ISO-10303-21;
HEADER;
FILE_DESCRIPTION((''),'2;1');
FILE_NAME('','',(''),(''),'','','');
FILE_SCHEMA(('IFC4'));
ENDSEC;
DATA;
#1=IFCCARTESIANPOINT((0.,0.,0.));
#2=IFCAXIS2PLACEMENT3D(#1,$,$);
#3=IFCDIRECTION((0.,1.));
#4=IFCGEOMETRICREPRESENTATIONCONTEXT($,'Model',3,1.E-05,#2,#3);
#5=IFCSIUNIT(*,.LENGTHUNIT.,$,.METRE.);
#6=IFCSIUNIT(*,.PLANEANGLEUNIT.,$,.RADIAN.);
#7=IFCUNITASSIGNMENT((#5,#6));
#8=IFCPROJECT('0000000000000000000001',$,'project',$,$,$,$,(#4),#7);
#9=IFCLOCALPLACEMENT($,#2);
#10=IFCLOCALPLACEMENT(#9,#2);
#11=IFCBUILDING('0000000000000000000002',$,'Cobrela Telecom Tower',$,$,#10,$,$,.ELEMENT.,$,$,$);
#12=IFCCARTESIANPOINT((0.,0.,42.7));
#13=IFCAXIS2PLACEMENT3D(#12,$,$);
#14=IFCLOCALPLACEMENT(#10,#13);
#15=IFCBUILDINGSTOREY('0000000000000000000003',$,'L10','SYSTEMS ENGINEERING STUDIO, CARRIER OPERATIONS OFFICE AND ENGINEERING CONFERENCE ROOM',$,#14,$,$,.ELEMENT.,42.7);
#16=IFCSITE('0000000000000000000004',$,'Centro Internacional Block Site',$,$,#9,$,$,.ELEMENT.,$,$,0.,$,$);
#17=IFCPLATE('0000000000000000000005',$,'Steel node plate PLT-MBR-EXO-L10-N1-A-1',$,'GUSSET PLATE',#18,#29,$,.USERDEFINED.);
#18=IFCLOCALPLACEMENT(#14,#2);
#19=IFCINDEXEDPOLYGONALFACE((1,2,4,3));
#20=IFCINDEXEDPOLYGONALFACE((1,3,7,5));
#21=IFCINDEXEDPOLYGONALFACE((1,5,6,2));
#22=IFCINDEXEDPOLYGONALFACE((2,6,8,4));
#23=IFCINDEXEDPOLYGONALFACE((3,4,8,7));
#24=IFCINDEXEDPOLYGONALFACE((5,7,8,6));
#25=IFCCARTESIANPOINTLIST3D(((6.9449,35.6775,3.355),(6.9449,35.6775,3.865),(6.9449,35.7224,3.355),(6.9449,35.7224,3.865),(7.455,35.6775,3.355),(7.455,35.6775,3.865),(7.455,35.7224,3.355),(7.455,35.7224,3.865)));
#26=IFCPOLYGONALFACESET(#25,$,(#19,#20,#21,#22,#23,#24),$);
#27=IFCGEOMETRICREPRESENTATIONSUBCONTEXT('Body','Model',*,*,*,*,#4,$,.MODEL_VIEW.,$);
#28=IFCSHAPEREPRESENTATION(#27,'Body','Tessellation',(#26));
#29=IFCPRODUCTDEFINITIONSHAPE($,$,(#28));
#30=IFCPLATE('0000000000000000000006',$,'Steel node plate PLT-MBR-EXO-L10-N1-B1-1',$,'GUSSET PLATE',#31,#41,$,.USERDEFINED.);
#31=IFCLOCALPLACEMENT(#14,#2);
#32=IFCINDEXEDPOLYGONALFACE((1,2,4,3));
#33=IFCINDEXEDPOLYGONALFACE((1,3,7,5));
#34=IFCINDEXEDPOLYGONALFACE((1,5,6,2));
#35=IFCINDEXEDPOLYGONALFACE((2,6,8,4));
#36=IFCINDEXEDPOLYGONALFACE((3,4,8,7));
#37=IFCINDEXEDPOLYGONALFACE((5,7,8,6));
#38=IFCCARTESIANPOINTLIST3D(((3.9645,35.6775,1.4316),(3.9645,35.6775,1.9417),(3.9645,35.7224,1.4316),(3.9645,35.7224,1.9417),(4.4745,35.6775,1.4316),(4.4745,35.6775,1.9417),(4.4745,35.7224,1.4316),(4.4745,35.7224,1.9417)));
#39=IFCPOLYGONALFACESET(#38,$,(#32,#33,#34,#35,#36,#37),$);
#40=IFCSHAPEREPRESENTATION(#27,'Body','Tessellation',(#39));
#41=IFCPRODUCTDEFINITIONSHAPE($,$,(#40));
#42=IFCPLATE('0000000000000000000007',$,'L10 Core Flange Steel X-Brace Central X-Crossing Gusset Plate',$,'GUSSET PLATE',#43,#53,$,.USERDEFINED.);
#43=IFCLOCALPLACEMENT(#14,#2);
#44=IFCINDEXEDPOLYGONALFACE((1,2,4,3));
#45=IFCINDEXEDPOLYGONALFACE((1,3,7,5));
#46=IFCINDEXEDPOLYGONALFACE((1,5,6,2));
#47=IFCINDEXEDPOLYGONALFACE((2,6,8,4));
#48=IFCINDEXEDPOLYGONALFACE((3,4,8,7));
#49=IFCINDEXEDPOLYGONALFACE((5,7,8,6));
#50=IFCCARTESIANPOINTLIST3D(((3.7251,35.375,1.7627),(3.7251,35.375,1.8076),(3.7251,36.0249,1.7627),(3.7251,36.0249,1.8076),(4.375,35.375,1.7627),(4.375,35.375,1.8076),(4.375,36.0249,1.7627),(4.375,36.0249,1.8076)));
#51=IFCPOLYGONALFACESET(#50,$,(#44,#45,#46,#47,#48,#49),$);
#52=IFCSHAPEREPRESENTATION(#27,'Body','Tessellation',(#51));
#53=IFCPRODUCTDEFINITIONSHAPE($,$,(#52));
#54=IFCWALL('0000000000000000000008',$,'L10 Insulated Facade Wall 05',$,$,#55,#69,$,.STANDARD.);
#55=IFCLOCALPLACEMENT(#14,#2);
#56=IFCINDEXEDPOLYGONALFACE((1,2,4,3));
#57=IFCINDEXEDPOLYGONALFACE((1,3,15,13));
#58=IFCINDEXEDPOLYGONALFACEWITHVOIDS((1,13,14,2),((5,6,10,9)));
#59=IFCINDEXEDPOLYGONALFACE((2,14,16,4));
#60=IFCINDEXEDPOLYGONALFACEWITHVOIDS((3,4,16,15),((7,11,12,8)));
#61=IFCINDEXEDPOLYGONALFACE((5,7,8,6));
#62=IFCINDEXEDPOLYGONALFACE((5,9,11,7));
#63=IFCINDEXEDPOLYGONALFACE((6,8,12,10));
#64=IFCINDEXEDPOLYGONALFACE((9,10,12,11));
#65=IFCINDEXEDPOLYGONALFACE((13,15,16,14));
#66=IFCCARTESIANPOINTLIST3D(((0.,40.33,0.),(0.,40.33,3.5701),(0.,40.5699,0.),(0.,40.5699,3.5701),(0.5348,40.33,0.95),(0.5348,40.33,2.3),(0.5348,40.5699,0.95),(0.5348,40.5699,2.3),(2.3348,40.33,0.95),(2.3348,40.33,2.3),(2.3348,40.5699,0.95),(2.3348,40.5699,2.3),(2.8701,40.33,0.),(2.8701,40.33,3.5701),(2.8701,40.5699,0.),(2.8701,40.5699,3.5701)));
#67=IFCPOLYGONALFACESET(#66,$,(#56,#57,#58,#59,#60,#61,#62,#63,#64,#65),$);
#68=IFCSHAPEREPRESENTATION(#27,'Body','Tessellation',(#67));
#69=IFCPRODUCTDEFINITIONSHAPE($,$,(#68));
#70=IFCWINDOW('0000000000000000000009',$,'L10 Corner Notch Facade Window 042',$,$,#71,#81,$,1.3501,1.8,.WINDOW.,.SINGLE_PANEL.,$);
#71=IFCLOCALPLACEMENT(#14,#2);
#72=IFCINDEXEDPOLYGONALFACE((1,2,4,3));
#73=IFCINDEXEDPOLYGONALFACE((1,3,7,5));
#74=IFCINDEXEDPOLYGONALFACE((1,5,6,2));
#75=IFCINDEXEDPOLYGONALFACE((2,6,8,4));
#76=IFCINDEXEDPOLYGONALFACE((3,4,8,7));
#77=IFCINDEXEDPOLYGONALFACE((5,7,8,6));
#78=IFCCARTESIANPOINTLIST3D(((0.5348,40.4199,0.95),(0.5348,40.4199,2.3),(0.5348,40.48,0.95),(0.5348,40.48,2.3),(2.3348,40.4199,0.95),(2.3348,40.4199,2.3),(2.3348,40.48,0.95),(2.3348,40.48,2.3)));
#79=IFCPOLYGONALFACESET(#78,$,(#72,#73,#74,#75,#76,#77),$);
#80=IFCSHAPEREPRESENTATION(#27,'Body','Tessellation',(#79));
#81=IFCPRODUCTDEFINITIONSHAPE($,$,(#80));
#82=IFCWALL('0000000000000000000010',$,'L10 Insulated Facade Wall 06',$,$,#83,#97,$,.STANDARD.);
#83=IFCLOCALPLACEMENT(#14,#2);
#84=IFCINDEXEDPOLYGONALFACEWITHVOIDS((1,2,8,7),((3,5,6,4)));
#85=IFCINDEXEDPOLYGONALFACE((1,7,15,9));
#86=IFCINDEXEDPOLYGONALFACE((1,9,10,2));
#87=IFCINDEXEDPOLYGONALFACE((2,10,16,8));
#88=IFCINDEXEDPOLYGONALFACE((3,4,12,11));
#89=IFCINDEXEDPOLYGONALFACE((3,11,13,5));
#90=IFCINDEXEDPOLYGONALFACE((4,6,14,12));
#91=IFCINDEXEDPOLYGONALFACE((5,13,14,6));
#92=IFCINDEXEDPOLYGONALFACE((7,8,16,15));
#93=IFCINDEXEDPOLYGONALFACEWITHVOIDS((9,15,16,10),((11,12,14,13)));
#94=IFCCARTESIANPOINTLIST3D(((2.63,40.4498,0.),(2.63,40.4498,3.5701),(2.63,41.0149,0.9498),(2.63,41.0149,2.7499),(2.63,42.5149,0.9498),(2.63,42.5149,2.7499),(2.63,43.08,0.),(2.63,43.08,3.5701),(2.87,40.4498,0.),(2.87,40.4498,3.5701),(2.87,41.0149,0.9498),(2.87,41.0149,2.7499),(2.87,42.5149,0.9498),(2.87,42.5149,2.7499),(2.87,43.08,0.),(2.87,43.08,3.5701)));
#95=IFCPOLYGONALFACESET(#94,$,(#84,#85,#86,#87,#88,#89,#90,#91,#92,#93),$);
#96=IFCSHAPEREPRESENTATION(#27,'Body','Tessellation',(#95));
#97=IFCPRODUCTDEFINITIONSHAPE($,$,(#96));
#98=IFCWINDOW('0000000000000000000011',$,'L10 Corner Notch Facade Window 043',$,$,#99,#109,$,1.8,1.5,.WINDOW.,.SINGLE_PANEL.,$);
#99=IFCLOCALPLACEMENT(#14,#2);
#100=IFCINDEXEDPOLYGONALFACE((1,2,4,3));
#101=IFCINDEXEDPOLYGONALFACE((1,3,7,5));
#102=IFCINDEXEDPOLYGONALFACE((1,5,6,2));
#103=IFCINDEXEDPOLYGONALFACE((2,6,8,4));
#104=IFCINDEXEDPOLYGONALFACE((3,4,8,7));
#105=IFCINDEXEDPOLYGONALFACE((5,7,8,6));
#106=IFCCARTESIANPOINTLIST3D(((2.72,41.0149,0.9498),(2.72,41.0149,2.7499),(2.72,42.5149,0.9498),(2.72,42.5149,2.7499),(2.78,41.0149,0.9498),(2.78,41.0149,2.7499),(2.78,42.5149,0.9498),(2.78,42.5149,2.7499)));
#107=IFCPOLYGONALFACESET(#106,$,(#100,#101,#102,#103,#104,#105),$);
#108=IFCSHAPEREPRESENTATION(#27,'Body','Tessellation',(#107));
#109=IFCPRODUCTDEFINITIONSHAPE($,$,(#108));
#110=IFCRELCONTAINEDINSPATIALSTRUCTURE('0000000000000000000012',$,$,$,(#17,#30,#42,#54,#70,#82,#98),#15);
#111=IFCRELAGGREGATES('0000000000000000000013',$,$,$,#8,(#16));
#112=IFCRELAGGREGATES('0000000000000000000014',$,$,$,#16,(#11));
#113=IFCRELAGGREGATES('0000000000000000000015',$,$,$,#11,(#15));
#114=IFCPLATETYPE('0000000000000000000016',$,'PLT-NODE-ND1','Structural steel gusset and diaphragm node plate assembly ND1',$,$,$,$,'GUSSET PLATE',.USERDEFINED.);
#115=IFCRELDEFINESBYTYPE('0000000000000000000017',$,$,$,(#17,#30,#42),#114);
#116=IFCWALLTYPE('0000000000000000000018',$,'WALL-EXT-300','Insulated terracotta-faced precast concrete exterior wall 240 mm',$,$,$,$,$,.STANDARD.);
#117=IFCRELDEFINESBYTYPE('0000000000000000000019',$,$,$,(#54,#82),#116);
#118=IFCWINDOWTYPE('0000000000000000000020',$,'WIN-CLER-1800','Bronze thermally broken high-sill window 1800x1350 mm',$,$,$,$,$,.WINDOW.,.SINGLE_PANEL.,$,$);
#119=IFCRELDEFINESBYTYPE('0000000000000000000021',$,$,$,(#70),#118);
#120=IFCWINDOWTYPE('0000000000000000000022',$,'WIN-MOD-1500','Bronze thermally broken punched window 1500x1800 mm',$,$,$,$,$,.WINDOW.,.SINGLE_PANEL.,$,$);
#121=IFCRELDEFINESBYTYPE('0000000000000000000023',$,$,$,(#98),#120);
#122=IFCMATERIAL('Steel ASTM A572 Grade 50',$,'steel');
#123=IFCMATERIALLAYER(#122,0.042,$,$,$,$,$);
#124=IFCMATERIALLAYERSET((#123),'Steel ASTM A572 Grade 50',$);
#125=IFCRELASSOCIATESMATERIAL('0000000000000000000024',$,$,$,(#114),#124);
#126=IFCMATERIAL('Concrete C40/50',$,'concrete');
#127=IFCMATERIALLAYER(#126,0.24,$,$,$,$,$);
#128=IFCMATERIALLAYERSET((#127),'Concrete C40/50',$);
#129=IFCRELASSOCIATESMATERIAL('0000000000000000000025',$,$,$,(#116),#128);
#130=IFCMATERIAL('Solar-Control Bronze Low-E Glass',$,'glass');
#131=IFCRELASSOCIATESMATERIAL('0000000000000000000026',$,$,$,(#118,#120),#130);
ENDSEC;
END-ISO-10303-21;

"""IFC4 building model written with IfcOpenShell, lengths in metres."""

from ifc_helpers import new_model, si_unit, direction, frame, frame_2d, origin, origin_2d, place, context, subcontext, project, spatial, rectangle, extrude, material, layer, layer_set, type_object, element, fill, save


model = new_model("IFC4")

# Units and contexts
model_context = context("Model", 3, precision=1e-05, world=origin(), true_north=direction((0.0, 1.0)))
body_context = subcontext(model_context, "Body", "Model", "MODEL_VIEW")
ifc_project = project(units=[si_unit("LENGTHUNIT", "METRE"), si_unit("PLANEANGLEUNIT", "RADIAN")], contexts=[model_context])

# Site, building, storey
site_placement = place(None, origin())
site = spatial("IfcSite", under=ifc_project, at=site_placement, Name="Centro Internacional Block Site", CompositionType="ELEMENT", RefElevation=0.0)
building_placement = place(site_placement, origin())
building = spatial("IfcBuilding", under=site, at=building_placement, Name="Cobrela Telecom Tower", CompositionType="ELEMENT")
storey_placement = place(building_placement, frame((0.0, 0.0, 42.7)))
storey = spatial("IfcBuildingStorey", under=building, at=storey_placement, Name="L10", Description="SYSTEMS ENGINEERING STUDIO, CARRIER OPERATIONS OFFICE AND ENGINEERING CONFERENCE ROOM", CompositionType="ELEMENT", Elevation=42.7)

# Shared definitions
ifc_material_1 = material(Name="Steel ASTM A572 Grade 50", Category="steel")

# Shared definitions
ifc_material_2 = material(Name="Solar-Control Bronze Low-E Glass", Category="glass")

# Plates
ifc_layer_1 = layer(ifc_material_1, 0.042)
ifc_layer_set_1 = layer_set([ifc_layer_1], Name="Steel ASTM A572 Grade 50")
plate_type_1 = type_object("IfcPlateType", Name="PLT-NODE-ND1", Description="Structural steel gusset and diaphragm node plate assembly ND1", ElementType="GUSSET PLATE", PredefinedType="USERDEFINED", material=ifc_layer_set_1)
for number, where, z_axis, x_axis, name in (
    (1, (7.2, 35.7, 3.355), (0.0, 0.0, 1.0), (1.0, 0.0, 0.0), "Steel node plate PLT-MBR-EXO-L10-N1-A-1"),
    (2, (4.2195, 35.7, 1.4316), (0.0, 0.0, 1.0), (-1.0, 0.0, 0.0), "Steel node plate PLT-MBR-EXO-L10-N1-B1-1"),
):
    element("IfcPlate", number, at=place(storey_placement, frame(where, z_axis=z_axis, x_axis=x_axis)), inside=storey, type_object=plate_type_1, Name=name, ObjectType="GUSSET PLATE", PredefinedType="USERDEFINED", context=body_context, shape_type="SweptSolid", body=[
        extrude(rectangle(XDim=0.51, YDim=0.0449, at=origin_2d()), origin(), (0.0, 0.0, 1.0), 0.51),
    ])
plate_1_placement = place(storey_placement, frame((4.05, 35.7, 1.7627), z_axis=(0.0, 0.0, 1.0), x_axis=(1.0, 0.0, 0.0)))
element("IfcPlate", 3, at=plate_1_placement, inside=storey, type_object=plate_type_1, Name="L10 Core Flange Steel X-Brace Central X-Crossing Gusset Plate", ObjectType="GUSSET PLATE", PredefinedType="USERDEFINED", context=body_context, shape_type="SweptSolid", body=[
    extrude(rectangle(XDim=0.6499, YDim=0.6499, at=origin_2d()), origin(), (0.0, 0.0, 1.0), 0.0449),
])

# Walls, openings, windows
ifc_material_3 = material(Name="Concrete C40/50", Category="concrete")
ifc_layer_2 = layer(ifc_material_3, 0.24)
ifc_layer_set_2 = layer_set([ifc_layer_2], Name="Concrete C40/50")
wall_type = type_object("IfcWallType", Name="WALL-EXT-300", Description="Insulated terracotta-faced precast concrete exterior wall 240 mm", PredefinedType="STANDARD", material=ifc_layer_set_2)
wall_1_placement = place(storey_placement, frame((0.0, 40.45, 0.0), z_axis=(0.0, 0.0, 1.0), x_axis=(1.0, 0.0, 0.0)))
wall_1 = element("IfcWall", 4, at=wall_1_placement, inside=storey, type_object=wall_type, Name="L10 Insulated Facade Wall 05", PredefinedType="STANDARD", context=body_context, shape_type="SweptSolid", body=[
    extrude(rectangle(XDim=2.8701, YDim=0.24, at=frame_2d((1.4351, 0.0))), origin(), (0.0, 0.0, 1.0), 3.5701),
])
opening_1_placement = place(wall_1_placement, frame((0.5349, 0.0, 0.95)))
opening_1 = element("IfcOpeningElement", 5, at=opening_1_placement, cuts=wall_1, PredefinedType="OPENING", context=body_context, shape_type="SweptSolid", body=[
    extrude(rectangle(XDim=1.8, YDim=1.3501, at=frame_2d((0.8999, 0.675))), frame((0.0, 0.1318, 0.0), z_axis=(0.0, -1.0, 0.0), x_axis=(1.0, 0.0, 0.0)), (0.0, 0.0, 1.0), 0.2639),
])
window_type_1 = type_object("IfcWindowType", Name="WIN-CLER-1800", Description="Bronze thermally broken high-sill window 1800x1350 mm", PartitioningType="SINGLE_PANEL", PredefinedType="WINDOW", material=ifc_material_2)
window_1_placement = place(opening_1_placement, origin())
window_1 = element("IfcWindow", 6, at=window_1_placement, inside=storey, type_object=window_type_1, Name="L10 Corner Notch Facade Window 042", OverallHeight=1.3501, OverallWidth=1.8, PartitioningType="SINGLE_PANEL", PredefinedType="WINDOW", context=body_context, shape_type="SweptSolid", body=[
    extrude(rectangle(XDim=1.8, YDim=1.3501, at=frame_2d((0.8999, 0.675))), frame((0.0, 0.03, 0.0), z_axis=(0.0, -1.0, 0.0), x_axis=(1.0, 0.0, 0.0)), (0.0, 0.0, 1.0), 0.0601),
])
fill(opening_1, window_1)
wall_2_placement = place(storey_placement, frame((2.75, 40.45, 0.0), z_axis=(0.0, 0.0, 1.0), x_axis=(0.0, 1.0, 0.0)))
wall_2 = element("IfcWall", 7, at=wall_2_placement, inside=storey, type_object=wall_type, Name="L10 Insulated Facade Wall 06", PredefinedType="STANDARD", context=body_context, shape_type="SweptSolid", body=[
    extrude(rectangle(XDim=2.6301, YDim=0.24, at=frame_2d((1.3149, 0.0))), origin(), (0.0, 0.0, 1.0), 3.5701),
])
opening_2_placement = place(wall_2_placement, frame((0.5649, 0.0, 0.95)))
opening_2 = element("IfcOpeningElement", 8, at=opening_2_placement, cuts=wall_2, PredefinedType="OPENING", context=body_context, shape_type="SweptSolid", body=[
    extrude(rectangle(XDim=1.5, YDim=1.8, at=frame_2d((0.75, 0.8999))), frame((0.0, 0.1318, 0.0), z_axis=(0.0, -1.0, 0.0), x_axis=(1.0, 0.0, 0.0)), (0.0, 0.0, 1.0), 0.2639),
])
window_type_2 = type_object("IfcWindowType", Name="WIN-MOD-1500", Description="Bronze thermally broken punched window 1500x1800 mm", PartitioningType="SINGLE_PANEL", PredefinedType="WINDOW", material=ifc_material_2)
window_2_placement = place(opening_2_placement, origin())
window_2 = element("IfcWindow", 9, at=window_2_placement, inside=storey, type_object=window_type_2, Name="L10 Corner Notch Facade Window 043", OverallHeight=1.8, OverallWidth=1.5, PartitioningType="SINGLE_PANEL", PredefinedType="WINDOW", context=body_context, shape_type="SweptSolid", body=[
    extrude(rectangle(XDim=1.5, YDim=1.8, at=frame_2d((0.75, 0.8999))), frame((0.0, 0.03, 0.0), z_axis=(0.0, -1.0, 0.0), x_axis=(1.0, 0.0, 0.0)), (0.0, 0.0, 1.0), 0.0601),
])
fill(opening_2, window_2)

save(model, "model.ifc")
